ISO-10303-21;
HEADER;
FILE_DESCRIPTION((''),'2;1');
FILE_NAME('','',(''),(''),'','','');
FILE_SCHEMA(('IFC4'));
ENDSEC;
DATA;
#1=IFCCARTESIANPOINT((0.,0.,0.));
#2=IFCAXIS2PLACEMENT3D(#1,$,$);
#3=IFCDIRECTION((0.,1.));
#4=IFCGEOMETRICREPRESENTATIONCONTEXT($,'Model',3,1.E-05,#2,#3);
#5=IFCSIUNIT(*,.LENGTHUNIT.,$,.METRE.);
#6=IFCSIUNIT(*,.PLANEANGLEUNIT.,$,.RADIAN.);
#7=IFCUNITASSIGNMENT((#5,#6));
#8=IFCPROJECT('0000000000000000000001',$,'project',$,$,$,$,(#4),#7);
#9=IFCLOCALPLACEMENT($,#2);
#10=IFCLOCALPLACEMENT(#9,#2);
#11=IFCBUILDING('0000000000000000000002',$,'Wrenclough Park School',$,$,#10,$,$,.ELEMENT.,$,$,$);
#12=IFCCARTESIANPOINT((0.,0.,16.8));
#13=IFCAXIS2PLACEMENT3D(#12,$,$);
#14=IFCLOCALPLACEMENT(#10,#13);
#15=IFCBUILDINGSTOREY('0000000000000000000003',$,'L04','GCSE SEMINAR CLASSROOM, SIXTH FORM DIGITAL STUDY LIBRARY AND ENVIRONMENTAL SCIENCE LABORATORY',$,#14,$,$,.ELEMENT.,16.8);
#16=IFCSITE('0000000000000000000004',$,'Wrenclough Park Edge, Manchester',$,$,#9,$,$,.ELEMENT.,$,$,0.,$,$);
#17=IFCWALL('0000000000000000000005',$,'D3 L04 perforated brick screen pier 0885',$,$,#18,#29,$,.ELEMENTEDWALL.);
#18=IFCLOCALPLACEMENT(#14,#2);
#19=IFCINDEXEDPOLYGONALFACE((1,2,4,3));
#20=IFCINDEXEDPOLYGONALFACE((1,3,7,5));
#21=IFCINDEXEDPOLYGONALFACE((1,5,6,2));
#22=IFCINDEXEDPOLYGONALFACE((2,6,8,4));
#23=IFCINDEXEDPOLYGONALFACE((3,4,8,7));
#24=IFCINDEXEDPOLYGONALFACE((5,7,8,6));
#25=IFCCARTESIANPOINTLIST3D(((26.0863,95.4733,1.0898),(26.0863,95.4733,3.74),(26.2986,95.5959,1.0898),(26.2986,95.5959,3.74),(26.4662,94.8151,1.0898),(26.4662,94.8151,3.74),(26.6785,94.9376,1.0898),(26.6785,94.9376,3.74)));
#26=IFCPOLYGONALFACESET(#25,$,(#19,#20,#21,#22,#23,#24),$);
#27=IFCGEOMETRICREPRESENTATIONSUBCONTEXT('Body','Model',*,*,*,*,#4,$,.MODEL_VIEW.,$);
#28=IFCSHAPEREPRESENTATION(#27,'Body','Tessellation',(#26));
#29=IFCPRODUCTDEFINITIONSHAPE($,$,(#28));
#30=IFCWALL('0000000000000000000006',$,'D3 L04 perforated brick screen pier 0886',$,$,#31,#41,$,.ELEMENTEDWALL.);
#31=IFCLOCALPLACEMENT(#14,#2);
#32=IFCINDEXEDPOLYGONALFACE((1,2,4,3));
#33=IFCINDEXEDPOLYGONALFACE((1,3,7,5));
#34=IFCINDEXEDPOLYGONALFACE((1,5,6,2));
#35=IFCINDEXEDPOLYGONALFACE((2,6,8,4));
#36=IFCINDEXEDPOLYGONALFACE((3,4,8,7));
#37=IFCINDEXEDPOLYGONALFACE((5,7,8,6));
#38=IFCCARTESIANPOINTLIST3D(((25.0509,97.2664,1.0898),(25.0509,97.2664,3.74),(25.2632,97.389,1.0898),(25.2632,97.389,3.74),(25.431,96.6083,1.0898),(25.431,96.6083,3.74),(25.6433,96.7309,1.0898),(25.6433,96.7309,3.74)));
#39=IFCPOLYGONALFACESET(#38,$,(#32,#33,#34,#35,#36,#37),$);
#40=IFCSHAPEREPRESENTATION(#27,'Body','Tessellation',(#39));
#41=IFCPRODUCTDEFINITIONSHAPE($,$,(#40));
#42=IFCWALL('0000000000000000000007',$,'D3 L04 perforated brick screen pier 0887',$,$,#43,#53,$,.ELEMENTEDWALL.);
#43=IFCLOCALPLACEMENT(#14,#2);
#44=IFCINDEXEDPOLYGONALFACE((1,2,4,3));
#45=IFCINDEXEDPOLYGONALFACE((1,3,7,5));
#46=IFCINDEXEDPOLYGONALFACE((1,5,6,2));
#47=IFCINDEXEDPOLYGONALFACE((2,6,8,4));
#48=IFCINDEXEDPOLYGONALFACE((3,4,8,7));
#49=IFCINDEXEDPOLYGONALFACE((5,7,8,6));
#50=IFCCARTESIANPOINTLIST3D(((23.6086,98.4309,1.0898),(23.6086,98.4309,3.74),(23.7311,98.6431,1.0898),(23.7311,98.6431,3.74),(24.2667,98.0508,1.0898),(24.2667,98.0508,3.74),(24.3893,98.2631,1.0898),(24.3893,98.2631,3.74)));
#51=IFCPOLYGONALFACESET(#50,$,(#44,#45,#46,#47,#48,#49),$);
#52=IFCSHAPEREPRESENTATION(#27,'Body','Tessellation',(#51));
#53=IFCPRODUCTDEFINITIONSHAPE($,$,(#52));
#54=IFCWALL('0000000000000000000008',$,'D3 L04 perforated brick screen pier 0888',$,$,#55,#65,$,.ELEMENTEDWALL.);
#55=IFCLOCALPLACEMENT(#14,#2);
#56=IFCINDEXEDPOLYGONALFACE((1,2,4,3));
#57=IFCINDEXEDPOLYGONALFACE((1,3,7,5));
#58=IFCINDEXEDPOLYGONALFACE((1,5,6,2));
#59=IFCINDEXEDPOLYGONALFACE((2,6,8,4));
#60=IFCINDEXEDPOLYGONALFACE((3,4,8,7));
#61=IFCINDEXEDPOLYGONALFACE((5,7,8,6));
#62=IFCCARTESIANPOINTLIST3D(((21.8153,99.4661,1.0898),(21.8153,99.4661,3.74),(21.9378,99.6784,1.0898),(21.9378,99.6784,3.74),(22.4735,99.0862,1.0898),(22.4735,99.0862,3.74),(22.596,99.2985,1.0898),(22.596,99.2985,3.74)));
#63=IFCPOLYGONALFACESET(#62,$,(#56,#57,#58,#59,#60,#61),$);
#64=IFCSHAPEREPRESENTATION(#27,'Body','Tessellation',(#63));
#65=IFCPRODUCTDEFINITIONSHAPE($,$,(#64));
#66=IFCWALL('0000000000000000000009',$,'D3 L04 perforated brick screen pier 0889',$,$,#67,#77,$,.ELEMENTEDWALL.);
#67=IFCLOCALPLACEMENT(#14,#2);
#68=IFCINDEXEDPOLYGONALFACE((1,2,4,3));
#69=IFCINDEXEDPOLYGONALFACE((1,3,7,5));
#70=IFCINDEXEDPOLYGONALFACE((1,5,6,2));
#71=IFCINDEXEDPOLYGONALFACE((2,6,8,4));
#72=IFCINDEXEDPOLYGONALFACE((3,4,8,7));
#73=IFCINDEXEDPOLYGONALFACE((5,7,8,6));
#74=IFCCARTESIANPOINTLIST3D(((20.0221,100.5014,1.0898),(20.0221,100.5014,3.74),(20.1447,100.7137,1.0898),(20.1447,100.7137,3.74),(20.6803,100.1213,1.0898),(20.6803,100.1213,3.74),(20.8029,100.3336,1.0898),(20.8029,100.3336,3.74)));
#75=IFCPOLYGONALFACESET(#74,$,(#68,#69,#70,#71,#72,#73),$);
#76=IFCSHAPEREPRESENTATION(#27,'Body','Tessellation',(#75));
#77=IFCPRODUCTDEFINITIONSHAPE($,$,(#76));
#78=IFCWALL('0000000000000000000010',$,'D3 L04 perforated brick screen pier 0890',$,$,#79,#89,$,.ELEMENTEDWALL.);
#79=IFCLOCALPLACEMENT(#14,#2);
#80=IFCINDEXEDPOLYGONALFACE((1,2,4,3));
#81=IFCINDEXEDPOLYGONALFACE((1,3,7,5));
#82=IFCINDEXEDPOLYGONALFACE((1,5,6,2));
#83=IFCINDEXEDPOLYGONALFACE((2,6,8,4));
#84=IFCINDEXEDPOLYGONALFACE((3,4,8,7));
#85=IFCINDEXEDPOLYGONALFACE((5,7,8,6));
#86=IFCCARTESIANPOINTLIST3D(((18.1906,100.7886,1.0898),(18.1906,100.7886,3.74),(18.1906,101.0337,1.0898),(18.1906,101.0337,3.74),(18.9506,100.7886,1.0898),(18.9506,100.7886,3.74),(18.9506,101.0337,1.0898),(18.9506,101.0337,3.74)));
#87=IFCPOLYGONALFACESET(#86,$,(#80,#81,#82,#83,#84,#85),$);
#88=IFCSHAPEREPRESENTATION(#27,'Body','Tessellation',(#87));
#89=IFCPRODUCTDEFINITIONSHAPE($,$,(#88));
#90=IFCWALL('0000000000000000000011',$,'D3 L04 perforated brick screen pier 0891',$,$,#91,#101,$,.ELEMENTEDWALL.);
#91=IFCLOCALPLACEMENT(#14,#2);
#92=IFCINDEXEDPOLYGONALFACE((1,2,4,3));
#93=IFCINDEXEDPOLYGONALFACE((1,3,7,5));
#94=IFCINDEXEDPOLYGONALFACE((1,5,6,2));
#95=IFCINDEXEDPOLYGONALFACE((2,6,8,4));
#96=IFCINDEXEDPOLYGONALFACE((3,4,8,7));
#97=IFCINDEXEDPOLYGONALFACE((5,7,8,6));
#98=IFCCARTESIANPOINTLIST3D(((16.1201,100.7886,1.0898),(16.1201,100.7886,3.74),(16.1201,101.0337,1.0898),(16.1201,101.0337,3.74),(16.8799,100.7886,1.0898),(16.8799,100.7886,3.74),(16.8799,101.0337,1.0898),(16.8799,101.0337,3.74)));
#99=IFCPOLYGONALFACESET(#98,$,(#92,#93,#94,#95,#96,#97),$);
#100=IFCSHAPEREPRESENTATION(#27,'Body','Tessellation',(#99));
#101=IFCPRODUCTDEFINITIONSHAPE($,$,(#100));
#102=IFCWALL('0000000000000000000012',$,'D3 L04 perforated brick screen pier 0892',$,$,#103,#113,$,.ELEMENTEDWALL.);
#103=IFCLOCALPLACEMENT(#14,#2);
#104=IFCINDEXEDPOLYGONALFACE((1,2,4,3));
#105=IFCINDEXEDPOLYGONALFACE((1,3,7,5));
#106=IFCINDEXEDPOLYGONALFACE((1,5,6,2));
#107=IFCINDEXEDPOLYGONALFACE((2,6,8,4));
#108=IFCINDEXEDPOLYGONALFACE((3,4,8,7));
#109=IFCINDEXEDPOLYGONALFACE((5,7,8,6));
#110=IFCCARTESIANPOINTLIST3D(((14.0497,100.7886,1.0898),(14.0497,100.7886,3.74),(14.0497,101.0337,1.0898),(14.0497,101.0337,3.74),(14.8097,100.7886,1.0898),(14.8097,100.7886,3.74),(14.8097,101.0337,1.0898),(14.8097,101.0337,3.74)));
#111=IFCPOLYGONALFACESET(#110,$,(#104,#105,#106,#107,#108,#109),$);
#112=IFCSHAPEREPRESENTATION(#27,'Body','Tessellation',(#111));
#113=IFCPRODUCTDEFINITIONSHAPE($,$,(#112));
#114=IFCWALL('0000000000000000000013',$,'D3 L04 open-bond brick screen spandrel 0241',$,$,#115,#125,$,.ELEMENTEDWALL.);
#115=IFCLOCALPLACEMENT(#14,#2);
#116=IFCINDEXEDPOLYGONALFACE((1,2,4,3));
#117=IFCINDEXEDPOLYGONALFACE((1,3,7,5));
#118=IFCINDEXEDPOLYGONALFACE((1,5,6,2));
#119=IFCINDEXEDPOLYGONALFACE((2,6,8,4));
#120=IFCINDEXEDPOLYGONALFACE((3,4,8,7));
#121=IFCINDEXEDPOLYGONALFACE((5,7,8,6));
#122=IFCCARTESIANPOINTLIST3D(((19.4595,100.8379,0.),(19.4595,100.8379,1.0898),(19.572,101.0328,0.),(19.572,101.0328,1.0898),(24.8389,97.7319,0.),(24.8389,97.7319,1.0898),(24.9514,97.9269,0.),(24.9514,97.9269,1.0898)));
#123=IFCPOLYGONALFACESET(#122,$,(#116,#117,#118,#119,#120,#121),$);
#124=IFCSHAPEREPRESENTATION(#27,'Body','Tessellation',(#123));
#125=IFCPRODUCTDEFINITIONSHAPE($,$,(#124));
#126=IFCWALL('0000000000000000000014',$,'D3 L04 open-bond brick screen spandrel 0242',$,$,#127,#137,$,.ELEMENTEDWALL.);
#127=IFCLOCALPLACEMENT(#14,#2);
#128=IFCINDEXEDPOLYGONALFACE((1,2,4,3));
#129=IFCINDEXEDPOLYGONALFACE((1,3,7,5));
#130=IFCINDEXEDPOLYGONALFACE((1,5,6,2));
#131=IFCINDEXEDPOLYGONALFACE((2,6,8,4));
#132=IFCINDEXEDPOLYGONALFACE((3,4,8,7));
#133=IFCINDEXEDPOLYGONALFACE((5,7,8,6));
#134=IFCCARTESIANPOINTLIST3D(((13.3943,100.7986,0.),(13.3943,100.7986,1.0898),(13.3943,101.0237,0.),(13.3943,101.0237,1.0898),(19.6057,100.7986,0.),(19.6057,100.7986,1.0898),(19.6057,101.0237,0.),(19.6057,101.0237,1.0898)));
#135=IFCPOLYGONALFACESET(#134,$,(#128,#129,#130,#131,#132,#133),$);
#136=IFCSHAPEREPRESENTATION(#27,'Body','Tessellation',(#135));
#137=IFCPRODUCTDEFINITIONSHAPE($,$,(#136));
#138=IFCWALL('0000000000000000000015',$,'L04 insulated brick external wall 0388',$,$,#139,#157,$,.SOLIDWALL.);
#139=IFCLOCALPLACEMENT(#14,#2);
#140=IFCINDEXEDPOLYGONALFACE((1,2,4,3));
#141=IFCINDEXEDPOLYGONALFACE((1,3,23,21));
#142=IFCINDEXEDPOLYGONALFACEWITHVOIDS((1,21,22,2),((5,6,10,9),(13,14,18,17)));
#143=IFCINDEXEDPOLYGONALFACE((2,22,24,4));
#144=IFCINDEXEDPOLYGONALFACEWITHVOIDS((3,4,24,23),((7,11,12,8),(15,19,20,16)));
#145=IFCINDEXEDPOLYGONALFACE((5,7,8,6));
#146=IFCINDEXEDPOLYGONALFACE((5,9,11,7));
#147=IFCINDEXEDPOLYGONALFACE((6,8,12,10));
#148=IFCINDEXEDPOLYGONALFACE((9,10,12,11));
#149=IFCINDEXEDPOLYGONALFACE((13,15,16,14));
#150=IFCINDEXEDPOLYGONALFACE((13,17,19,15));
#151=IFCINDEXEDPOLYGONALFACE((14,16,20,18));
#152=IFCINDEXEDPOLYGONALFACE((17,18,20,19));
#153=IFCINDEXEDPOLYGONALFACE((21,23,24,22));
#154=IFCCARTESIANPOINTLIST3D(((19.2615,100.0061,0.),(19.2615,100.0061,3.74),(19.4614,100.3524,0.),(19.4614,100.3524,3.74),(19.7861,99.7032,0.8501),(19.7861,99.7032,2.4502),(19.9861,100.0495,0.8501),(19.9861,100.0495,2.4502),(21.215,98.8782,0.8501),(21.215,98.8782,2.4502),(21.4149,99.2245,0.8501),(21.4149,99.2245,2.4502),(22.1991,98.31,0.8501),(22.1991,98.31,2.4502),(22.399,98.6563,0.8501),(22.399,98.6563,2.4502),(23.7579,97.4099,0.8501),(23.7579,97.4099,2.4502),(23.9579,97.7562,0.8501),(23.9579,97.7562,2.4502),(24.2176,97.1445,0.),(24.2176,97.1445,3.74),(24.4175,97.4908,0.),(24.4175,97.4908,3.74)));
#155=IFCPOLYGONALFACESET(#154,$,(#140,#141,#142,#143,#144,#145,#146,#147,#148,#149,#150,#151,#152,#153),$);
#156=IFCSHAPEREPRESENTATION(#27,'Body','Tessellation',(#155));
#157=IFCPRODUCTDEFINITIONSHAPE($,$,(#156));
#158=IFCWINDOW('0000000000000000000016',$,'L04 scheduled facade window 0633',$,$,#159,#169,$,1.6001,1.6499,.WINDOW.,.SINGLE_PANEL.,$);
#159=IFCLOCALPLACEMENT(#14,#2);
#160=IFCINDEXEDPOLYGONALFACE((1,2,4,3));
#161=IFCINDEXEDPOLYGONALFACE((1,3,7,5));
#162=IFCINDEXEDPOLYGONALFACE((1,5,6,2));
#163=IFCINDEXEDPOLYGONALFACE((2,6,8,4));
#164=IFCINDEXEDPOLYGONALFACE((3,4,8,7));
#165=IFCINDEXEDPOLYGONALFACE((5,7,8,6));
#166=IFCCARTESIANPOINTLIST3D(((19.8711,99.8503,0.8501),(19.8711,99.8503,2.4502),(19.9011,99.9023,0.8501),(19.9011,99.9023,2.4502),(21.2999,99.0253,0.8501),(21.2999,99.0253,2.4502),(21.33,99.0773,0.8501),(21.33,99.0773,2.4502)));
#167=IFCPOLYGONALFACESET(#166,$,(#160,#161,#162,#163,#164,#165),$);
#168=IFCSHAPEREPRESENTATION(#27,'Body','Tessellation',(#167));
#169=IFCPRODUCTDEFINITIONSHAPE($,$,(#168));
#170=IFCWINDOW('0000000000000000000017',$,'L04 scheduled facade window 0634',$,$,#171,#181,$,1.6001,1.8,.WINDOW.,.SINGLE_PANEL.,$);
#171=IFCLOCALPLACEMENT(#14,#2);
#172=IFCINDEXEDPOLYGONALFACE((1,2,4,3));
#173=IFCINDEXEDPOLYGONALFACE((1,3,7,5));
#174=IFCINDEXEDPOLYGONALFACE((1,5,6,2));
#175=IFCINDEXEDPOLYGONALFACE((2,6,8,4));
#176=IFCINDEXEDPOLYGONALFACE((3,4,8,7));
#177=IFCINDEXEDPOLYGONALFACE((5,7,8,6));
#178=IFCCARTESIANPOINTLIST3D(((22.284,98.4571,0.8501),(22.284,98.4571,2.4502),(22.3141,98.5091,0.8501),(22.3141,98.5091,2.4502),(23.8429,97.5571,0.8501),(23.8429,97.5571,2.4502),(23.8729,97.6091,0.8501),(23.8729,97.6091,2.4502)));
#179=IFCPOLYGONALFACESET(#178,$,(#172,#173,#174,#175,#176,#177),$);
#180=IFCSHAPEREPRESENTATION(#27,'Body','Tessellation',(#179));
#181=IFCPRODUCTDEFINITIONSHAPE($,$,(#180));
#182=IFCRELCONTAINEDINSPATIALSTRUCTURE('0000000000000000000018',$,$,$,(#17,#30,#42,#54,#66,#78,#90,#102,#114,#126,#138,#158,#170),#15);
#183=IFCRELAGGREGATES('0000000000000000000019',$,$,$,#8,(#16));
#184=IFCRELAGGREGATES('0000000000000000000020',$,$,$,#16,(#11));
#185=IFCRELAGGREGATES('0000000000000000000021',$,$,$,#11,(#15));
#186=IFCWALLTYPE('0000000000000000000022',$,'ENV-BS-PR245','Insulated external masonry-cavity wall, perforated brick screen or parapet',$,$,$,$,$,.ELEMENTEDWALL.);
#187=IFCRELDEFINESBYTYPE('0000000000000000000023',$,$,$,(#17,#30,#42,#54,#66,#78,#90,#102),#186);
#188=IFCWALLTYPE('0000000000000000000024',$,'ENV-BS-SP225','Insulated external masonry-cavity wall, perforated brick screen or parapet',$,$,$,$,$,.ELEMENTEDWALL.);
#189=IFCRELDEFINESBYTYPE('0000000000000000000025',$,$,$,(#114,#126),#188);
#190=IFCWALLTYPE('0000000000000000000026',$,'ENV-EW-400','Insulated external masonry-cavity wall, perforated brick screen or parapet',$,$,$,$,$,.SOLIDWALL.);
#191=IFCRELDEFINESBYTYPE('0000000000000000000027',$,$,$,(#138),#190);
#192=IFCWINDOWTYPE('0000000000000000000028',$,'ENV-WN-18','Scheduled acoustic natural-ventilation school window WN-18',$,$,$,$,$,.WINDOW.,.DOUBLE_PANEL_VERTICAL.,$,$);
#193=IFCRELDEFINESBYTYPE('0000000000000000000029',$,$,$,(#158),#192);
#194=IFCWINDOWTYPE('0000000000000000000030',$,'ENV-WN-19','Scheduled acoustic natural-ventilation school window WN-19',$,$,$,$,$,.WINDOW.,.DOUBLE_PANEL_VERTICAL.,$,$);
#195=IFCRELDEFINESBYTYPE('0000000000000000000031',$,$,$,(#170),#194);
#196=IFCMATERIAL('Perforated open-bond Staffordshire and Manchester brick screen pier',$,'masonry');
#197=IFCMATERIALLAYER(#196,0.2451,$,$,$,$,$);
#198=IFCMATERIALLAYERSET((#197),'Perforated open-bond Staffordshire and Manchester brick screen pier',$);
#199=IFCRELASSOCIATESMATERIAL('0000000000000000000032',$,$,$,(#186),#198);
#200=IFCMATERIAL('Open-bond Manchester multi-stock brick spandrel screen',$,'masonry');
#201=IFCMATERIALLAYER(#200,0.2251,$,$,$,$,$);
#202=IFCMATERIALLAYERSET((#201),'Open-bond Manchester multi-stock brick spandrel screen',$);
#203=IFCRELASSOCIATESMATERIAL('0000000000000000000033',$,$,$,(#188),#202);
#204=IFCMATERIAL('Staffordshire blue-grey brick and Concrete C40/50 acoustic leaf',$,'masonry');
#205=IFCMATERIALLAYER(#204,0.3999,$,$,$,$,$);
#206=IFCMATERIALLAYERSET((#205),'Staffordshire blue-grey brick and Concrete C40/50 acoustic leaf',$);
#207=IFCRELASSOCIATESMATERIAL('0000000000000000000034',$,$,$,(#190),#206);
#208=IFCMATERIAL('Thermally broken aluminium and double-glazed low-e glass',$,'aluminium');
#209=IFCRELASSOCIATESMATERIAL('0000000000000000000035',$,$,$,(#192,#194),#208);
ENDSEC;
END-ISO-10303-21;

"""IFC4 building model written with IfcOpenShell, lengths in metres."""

from ifc_helpers import new_model, si_unit, direction, frame, frame_2d, origin, place, context, subcontext, project, spatial, rectangle, extrude, material, layer, layer_set, type_object, element, fill, save


model = new_model("IFC4")

# Units and contexts
model_context = context("Model", 3, precision=1e-05, world=origin(), true_north=direction((0.0, 1.0)))
body_context = subcontext(model_context, "Body", "Model", "MODEL_VIEW")
ifc_project = project(units=[si_unit("LENGTHUNIT", "METRE"), si_unit("PLANEANGLEUNIT", "RADIAN")], contexts=[model_context])

# Site, building, storey
site_placement = place(None, origin())
site = spatial("IfcSite", under=ifc_project, at=site_placement, Name="Wrenclough Park Edge, Manchester", CompositionType="ELEMENT", RefElevation=0.0)
building_placement = place(site_placement, origin())
building = spatial("IfcBuilding", under=site, at=building_placement, Name="Wrenclough Park School", CompositionType="ELEMENT")
storey_placement = place(building_placement, frame((0.0, 0.0, 16.8)))
storey = spatial("IfcBuildingStorey", under=building, at=storey_placement, Name="L04", Description="GCSE SEMINAR CLASSROOM, SIXTH FORM DIGITAL STUDY LIBRARY AND ENVIRONMENTAL SCIENCE LABORATORY", CompositionType="ELEMENT", Elevation=16.8)

# Walls
ifc_material_1 = material(Name="Perforated open-bond Staffordshire and Manchester brick screen pier", Category="masonry")
ifc_layer_1 = layer(ifc_material_1, 0.2451)
ifc_layer_set_1 = layer_set([ifc_layer_1], Name="Perforated open-bond Staffordshire and Manchester brick screen pier")
wall_type_1 = type_object("IfcWallType", Name="ENV-BS-PR245", Description="Insulated external masonry-cavity wall, perforated brick screen or parapet", PredefinedType="ELEMENTEDWALL", material=ifc_layer_set_1)
for number, where, z_axis, x_axis, name in (
    (1, (26.5723, 94.8765, 1.0898), (0.0, 0.0, 1.0), (-0.499871, 0.8661, 0.0), "D3 L04 perforated brick screen pier 0885"),
    (2, (25.5371, 96.6697, 1.0898), (0.0, 0.0, 1.0), (-0.500112, 0.865961, 0.0), "D3 L04 perforated brick screen pier 0886"),
    (3, (24.3279, 98.157, 1.0898), (0.0, 0.0, 1.0), (-0.865961, 0.500112, 0.0), "D3 L04 perforated brick screen pier 0887"),
    (4, (22.5347, 99.1924, 1.0898), (0.0, 0.0, 1.0), (-0.8661, 0.499871, 0.0), "D3 L04 perforated brick screen pier 0888"),
    (5, (20.7415, 100.2275, 1.0898), (0.0, 0.0, 1.0), (-0.865961, 0.500112, 0.0), "D3 L04 perforated brick screen pier 0889"),
    (6, (18.9504, 100.9111, 1.0898), (0.0, 0.0, 1.0), (-1.0, 0.0, 0.0), "D3 L04 perforated brick screen pier 0890"),
):
    element("IfcWall", number, at=place(storey_placement, frame(where, z_axis=z_axis, x_axis=x_axis)), inside=storey, type_object=wall_type_1, Name=name, PredefinedType="ELEMENTEDWALL", context=body_context, shape_type="SweptSolid", body=[
        extrude(rectangle(XDim=0.76, YDim=0.2451, at=frame_2d((0.3799, 0.0))), origin(), (0.0, 0.0, 1.0), 2.6501),
    ])
wall_1_placement = place(storey_placement, frame((16.8799, 100.9111, 1.0898), z_axis=(0.0, 0.0, 1.0), x_axis=(-1.0, 0.0, 0.0)))
element("IfcWall", 7, at=wall_1_placement, inside=storey, type_object=wall_type_1, Name="D3 L04 perforated brick screen pier 0891", PredefinedType="ELEMENTEDWALL", context=body_context, shape_type="SweptSolid", body=[
    extrude(rectangle(XDim=0.7598, YDim=0.2451, at=frame_2d((0.3799, 0.0))), origin(), (0.0, 0.0, 1.0), 2.6501),
])
wall_2_placement = place(storey_placement, frame((14.8096, 100.9111, 1.0898), z_axis=(0.0, 0.0, 1.0), x_axis=(-1.0, 0.0, 0.0)))
element("IfcWall", 8, at=wall_2_placement, inside=storey, type_object=wall_type_1, Name="D3 L04 perforated brick screen pier 0892", PredefinedType="ELEMENTEDWALL", context=body_context, shape_type="SweptSolid", body=[
    extrude(rectangle(XDim=0.76, YDim=0.2451, at=frame_2d((0.3799, 0.0))), origin(), (0.0, 0.0, 1.0), 2.6501),
])
ifc_material_2 = material(Name="Open-bond Manchester multi-stock brick spandrel screen", Category="masonry")
ifc_layer_2 = layer(ifc_material_2, 0.2251)
ifc_layer_set_2 = layer_set([ifc_layer_2], Name="Open-bond Manchester multi-stock brick spandrel screen")
wall_type_2 = type_object("IfcWallType", Name="ENV-BS-SP225", Description="Insulated external masonry-cavity wall, perforated brick screen or parapet", PredefinedType="ELEMENTEDWALL", material=ifc_layer_set_2)
wall_3_placement = place(storey_placement, frame((24.8953, 97.8293, 0.0), z_axis=(0.0, 0.0, 1.0), x_axis=(-0.866014, 0.50002, 0.0)))
element("IfcWall", 9, at=wall_3_placement, inside=storey, type_object=wall_type_2, Name="D3 L04 open-bond brick screen spandrel 0241", PredefinedType="ELEMENTEDWALL", context=body_context, shape_type="SweptSolid", body=[
    extrude(rectangle(XDim=6.2117, YDim=0.2251, at=frame_2d((3.106, 0.0))), origin(), (0.0, 0.0, 1.0), 1.0898),
])
wall_4_placement = place(storey_placement, frame((19.6057, 100.9111, 0.0), z_axis=(0.0, 0.0, 1.0), x_axis=(-1.0, 0.0, 0.0)))
element("IfcWall", 10, at=wall_4_placement, inside=storey, type_object=wall_type_2, Name="D3 L04 open-bond brick screen spandrel 0242", PredefinedType="ELEMENTEDWALL", context=body_context, shape_type="SweptSolid", body=[
    extrude(rectangle(XDim=6.2114, YDim=0.2251, at=frame_2d((3.1057, 0.0))), origin(), (0.0, 0.0, 1.0), 1.0898),
])

# Wall, openings, windows
ifc_material_3 = material(Name="Staffordshire blue-grey brick and Concrete C40/50 acoustic leaf", Category="masonry")
ifc_layer_3 = layer(ifc_material_3, 0.3999)
ifc_layer_set_3 = layer_set([ifc_layer_3], Name="Staffordshire blue-grey brick and Concrete C40/50 acoustic leaf")
wall_type_3 = type_object("IfcWallType", Name="ENV-EW-400", Description="Insulated external masonry-cavity wall, perforated brick screen or parapet", PredefinedType="SOLIDWALL", material=ifc_layer_set_3)
wall_5_placement = place(storey_placement, frame((19.3616, 100.1792, 0.0), z_axis=(0.0, 0.0, 1.0), x_axis=(0.866011, -0.500025, 0.0)))
wall_5 = element("IfcWall", 11, at=wall_5_placement, inside=storey, type_object=wall_type_3, Name="L04 insulated brick external wall 0388", PredefinedType="SOLIDWALL", context=body_context, shape_type="SweptSolid", body=[
    extrude(rectangle(XDim=5.7229, YDim=0.3999, at=frame_2d((2.8613, 0.0))), origin(), (0.0, 0.0, 1.0), 3.74),
])
opening_1_placement = place(wall_5_placement, frame((0.6057, 0.0, 0.8501)))
opening_1 = element("IfcOpeningElement", 12, at=opening_1_placement, cuts=wall_5, PredefinedType="OPENING", context=body_context, shape_type="SweptSolid", body=[
    extrude(rectangle(XDim=1.6499, YDim=1.6001, at=frame_2d((0.825, 0.8))), frame((0.0, 0.21, 0.0), z_axis=(0.0, -1.0, 0.0), x_axis=(1.0, 0.0, 0.0)), (0.0, 0.0, 1.0), 0.4199),
])
opening_2_placement = place(wall_5_placement, frame((3.3921, 0.0, 0.8501)))
opening_2 = element("IfcOpeningElement", 13, at=opening_2_placement, cuts=wall_5, PredefinedType="OPENING", context=body_context, shape_type="SweptSolid", body=[
    extrude(rectangle(XDim=1.8, YDim=1.6001, at=frame_2d((0.8999, 0.8))), frame((0.0, 0.21, 0.0), z_axis=(0.0, -1.0, 0.0), x_axis=(1.0, 0.0, 0.0)), (0.0, 0.0, 1.0), 0.4199),
])
ifc_material_4 = material(Name="Thermally broken aluminium and double-glazed low-e glass", Category="aluminium")
window_type_1 = type_object("IfcWindowType", Name="ENV-WN-18", Description="Scheduled acoustic natural-ventilation school window WN-18", PartitioningType="DOUBLE_PANEL_VERTICAL", PredefinedType="WINDOW", material=ifc_material_4)
window_1_placement = place(opening_1_placement, origin())
window_1 = element("IfcWindow", 14, at=window_1_placement, inside=storey, type_object=window_type_1, Name="L04 scheduled facade window 0633", OverallHeight=1.6001, OverallWidth=1.6499, PartitioningType="SINGLE_PANEL", PredefinedType="WINDOW", context=body_context, shape_type="SweptSolid", body=[
    extrude(rectangle(XDim=1.6499, YDim=1.6001, at=frame_2d((0.825, 0.8))), frame((0.0, 0.03, 0.0), z_axis=(0.0, -1.0, 0.0), x_axis=(1.0, 0.0, 0.0)), (0.0, 0.0, 1.0), 0.0601),
])
fill(opening_1, window_1)
window_type_2 = type_object("IfcWindowType", Name="ENV-WN-19", Description="Scheduled acoustic natural-ventilation school window WN-19", PartitioningType="DOUBLE_PANEL_VERTICAL", PredefinedType="WINDOW", material=ifc_material_4)
window_2_placement = place(opening_2_placement, origin())
window_2 = element("IfcWindow", 15, at=window_2_placement, inside=storey, type_object=window_type_2, Name="L04 scheduled facade window 0634", OverallHeight=1.6001, OverallWidth=1.8, PartitioningType="SINGLE_PANEL", PredefinedType="WINDOW", context=body_context, shape_type="SweptSolid", body=[
    extrude(rectangle(XDim=1.8, YDim=1.6001, at=frame_2d((0.8999, 0.8))), frame((0.0, 0.03, 0.0), z_axis=(0.0, -1.0, 0.0), x_axis=(1.0, 0.0, 0.0)), (0.0, 0.0, 1.0), 0.0601),
])
fill(opening_2, window_2)

save(model, "model.ifc")
